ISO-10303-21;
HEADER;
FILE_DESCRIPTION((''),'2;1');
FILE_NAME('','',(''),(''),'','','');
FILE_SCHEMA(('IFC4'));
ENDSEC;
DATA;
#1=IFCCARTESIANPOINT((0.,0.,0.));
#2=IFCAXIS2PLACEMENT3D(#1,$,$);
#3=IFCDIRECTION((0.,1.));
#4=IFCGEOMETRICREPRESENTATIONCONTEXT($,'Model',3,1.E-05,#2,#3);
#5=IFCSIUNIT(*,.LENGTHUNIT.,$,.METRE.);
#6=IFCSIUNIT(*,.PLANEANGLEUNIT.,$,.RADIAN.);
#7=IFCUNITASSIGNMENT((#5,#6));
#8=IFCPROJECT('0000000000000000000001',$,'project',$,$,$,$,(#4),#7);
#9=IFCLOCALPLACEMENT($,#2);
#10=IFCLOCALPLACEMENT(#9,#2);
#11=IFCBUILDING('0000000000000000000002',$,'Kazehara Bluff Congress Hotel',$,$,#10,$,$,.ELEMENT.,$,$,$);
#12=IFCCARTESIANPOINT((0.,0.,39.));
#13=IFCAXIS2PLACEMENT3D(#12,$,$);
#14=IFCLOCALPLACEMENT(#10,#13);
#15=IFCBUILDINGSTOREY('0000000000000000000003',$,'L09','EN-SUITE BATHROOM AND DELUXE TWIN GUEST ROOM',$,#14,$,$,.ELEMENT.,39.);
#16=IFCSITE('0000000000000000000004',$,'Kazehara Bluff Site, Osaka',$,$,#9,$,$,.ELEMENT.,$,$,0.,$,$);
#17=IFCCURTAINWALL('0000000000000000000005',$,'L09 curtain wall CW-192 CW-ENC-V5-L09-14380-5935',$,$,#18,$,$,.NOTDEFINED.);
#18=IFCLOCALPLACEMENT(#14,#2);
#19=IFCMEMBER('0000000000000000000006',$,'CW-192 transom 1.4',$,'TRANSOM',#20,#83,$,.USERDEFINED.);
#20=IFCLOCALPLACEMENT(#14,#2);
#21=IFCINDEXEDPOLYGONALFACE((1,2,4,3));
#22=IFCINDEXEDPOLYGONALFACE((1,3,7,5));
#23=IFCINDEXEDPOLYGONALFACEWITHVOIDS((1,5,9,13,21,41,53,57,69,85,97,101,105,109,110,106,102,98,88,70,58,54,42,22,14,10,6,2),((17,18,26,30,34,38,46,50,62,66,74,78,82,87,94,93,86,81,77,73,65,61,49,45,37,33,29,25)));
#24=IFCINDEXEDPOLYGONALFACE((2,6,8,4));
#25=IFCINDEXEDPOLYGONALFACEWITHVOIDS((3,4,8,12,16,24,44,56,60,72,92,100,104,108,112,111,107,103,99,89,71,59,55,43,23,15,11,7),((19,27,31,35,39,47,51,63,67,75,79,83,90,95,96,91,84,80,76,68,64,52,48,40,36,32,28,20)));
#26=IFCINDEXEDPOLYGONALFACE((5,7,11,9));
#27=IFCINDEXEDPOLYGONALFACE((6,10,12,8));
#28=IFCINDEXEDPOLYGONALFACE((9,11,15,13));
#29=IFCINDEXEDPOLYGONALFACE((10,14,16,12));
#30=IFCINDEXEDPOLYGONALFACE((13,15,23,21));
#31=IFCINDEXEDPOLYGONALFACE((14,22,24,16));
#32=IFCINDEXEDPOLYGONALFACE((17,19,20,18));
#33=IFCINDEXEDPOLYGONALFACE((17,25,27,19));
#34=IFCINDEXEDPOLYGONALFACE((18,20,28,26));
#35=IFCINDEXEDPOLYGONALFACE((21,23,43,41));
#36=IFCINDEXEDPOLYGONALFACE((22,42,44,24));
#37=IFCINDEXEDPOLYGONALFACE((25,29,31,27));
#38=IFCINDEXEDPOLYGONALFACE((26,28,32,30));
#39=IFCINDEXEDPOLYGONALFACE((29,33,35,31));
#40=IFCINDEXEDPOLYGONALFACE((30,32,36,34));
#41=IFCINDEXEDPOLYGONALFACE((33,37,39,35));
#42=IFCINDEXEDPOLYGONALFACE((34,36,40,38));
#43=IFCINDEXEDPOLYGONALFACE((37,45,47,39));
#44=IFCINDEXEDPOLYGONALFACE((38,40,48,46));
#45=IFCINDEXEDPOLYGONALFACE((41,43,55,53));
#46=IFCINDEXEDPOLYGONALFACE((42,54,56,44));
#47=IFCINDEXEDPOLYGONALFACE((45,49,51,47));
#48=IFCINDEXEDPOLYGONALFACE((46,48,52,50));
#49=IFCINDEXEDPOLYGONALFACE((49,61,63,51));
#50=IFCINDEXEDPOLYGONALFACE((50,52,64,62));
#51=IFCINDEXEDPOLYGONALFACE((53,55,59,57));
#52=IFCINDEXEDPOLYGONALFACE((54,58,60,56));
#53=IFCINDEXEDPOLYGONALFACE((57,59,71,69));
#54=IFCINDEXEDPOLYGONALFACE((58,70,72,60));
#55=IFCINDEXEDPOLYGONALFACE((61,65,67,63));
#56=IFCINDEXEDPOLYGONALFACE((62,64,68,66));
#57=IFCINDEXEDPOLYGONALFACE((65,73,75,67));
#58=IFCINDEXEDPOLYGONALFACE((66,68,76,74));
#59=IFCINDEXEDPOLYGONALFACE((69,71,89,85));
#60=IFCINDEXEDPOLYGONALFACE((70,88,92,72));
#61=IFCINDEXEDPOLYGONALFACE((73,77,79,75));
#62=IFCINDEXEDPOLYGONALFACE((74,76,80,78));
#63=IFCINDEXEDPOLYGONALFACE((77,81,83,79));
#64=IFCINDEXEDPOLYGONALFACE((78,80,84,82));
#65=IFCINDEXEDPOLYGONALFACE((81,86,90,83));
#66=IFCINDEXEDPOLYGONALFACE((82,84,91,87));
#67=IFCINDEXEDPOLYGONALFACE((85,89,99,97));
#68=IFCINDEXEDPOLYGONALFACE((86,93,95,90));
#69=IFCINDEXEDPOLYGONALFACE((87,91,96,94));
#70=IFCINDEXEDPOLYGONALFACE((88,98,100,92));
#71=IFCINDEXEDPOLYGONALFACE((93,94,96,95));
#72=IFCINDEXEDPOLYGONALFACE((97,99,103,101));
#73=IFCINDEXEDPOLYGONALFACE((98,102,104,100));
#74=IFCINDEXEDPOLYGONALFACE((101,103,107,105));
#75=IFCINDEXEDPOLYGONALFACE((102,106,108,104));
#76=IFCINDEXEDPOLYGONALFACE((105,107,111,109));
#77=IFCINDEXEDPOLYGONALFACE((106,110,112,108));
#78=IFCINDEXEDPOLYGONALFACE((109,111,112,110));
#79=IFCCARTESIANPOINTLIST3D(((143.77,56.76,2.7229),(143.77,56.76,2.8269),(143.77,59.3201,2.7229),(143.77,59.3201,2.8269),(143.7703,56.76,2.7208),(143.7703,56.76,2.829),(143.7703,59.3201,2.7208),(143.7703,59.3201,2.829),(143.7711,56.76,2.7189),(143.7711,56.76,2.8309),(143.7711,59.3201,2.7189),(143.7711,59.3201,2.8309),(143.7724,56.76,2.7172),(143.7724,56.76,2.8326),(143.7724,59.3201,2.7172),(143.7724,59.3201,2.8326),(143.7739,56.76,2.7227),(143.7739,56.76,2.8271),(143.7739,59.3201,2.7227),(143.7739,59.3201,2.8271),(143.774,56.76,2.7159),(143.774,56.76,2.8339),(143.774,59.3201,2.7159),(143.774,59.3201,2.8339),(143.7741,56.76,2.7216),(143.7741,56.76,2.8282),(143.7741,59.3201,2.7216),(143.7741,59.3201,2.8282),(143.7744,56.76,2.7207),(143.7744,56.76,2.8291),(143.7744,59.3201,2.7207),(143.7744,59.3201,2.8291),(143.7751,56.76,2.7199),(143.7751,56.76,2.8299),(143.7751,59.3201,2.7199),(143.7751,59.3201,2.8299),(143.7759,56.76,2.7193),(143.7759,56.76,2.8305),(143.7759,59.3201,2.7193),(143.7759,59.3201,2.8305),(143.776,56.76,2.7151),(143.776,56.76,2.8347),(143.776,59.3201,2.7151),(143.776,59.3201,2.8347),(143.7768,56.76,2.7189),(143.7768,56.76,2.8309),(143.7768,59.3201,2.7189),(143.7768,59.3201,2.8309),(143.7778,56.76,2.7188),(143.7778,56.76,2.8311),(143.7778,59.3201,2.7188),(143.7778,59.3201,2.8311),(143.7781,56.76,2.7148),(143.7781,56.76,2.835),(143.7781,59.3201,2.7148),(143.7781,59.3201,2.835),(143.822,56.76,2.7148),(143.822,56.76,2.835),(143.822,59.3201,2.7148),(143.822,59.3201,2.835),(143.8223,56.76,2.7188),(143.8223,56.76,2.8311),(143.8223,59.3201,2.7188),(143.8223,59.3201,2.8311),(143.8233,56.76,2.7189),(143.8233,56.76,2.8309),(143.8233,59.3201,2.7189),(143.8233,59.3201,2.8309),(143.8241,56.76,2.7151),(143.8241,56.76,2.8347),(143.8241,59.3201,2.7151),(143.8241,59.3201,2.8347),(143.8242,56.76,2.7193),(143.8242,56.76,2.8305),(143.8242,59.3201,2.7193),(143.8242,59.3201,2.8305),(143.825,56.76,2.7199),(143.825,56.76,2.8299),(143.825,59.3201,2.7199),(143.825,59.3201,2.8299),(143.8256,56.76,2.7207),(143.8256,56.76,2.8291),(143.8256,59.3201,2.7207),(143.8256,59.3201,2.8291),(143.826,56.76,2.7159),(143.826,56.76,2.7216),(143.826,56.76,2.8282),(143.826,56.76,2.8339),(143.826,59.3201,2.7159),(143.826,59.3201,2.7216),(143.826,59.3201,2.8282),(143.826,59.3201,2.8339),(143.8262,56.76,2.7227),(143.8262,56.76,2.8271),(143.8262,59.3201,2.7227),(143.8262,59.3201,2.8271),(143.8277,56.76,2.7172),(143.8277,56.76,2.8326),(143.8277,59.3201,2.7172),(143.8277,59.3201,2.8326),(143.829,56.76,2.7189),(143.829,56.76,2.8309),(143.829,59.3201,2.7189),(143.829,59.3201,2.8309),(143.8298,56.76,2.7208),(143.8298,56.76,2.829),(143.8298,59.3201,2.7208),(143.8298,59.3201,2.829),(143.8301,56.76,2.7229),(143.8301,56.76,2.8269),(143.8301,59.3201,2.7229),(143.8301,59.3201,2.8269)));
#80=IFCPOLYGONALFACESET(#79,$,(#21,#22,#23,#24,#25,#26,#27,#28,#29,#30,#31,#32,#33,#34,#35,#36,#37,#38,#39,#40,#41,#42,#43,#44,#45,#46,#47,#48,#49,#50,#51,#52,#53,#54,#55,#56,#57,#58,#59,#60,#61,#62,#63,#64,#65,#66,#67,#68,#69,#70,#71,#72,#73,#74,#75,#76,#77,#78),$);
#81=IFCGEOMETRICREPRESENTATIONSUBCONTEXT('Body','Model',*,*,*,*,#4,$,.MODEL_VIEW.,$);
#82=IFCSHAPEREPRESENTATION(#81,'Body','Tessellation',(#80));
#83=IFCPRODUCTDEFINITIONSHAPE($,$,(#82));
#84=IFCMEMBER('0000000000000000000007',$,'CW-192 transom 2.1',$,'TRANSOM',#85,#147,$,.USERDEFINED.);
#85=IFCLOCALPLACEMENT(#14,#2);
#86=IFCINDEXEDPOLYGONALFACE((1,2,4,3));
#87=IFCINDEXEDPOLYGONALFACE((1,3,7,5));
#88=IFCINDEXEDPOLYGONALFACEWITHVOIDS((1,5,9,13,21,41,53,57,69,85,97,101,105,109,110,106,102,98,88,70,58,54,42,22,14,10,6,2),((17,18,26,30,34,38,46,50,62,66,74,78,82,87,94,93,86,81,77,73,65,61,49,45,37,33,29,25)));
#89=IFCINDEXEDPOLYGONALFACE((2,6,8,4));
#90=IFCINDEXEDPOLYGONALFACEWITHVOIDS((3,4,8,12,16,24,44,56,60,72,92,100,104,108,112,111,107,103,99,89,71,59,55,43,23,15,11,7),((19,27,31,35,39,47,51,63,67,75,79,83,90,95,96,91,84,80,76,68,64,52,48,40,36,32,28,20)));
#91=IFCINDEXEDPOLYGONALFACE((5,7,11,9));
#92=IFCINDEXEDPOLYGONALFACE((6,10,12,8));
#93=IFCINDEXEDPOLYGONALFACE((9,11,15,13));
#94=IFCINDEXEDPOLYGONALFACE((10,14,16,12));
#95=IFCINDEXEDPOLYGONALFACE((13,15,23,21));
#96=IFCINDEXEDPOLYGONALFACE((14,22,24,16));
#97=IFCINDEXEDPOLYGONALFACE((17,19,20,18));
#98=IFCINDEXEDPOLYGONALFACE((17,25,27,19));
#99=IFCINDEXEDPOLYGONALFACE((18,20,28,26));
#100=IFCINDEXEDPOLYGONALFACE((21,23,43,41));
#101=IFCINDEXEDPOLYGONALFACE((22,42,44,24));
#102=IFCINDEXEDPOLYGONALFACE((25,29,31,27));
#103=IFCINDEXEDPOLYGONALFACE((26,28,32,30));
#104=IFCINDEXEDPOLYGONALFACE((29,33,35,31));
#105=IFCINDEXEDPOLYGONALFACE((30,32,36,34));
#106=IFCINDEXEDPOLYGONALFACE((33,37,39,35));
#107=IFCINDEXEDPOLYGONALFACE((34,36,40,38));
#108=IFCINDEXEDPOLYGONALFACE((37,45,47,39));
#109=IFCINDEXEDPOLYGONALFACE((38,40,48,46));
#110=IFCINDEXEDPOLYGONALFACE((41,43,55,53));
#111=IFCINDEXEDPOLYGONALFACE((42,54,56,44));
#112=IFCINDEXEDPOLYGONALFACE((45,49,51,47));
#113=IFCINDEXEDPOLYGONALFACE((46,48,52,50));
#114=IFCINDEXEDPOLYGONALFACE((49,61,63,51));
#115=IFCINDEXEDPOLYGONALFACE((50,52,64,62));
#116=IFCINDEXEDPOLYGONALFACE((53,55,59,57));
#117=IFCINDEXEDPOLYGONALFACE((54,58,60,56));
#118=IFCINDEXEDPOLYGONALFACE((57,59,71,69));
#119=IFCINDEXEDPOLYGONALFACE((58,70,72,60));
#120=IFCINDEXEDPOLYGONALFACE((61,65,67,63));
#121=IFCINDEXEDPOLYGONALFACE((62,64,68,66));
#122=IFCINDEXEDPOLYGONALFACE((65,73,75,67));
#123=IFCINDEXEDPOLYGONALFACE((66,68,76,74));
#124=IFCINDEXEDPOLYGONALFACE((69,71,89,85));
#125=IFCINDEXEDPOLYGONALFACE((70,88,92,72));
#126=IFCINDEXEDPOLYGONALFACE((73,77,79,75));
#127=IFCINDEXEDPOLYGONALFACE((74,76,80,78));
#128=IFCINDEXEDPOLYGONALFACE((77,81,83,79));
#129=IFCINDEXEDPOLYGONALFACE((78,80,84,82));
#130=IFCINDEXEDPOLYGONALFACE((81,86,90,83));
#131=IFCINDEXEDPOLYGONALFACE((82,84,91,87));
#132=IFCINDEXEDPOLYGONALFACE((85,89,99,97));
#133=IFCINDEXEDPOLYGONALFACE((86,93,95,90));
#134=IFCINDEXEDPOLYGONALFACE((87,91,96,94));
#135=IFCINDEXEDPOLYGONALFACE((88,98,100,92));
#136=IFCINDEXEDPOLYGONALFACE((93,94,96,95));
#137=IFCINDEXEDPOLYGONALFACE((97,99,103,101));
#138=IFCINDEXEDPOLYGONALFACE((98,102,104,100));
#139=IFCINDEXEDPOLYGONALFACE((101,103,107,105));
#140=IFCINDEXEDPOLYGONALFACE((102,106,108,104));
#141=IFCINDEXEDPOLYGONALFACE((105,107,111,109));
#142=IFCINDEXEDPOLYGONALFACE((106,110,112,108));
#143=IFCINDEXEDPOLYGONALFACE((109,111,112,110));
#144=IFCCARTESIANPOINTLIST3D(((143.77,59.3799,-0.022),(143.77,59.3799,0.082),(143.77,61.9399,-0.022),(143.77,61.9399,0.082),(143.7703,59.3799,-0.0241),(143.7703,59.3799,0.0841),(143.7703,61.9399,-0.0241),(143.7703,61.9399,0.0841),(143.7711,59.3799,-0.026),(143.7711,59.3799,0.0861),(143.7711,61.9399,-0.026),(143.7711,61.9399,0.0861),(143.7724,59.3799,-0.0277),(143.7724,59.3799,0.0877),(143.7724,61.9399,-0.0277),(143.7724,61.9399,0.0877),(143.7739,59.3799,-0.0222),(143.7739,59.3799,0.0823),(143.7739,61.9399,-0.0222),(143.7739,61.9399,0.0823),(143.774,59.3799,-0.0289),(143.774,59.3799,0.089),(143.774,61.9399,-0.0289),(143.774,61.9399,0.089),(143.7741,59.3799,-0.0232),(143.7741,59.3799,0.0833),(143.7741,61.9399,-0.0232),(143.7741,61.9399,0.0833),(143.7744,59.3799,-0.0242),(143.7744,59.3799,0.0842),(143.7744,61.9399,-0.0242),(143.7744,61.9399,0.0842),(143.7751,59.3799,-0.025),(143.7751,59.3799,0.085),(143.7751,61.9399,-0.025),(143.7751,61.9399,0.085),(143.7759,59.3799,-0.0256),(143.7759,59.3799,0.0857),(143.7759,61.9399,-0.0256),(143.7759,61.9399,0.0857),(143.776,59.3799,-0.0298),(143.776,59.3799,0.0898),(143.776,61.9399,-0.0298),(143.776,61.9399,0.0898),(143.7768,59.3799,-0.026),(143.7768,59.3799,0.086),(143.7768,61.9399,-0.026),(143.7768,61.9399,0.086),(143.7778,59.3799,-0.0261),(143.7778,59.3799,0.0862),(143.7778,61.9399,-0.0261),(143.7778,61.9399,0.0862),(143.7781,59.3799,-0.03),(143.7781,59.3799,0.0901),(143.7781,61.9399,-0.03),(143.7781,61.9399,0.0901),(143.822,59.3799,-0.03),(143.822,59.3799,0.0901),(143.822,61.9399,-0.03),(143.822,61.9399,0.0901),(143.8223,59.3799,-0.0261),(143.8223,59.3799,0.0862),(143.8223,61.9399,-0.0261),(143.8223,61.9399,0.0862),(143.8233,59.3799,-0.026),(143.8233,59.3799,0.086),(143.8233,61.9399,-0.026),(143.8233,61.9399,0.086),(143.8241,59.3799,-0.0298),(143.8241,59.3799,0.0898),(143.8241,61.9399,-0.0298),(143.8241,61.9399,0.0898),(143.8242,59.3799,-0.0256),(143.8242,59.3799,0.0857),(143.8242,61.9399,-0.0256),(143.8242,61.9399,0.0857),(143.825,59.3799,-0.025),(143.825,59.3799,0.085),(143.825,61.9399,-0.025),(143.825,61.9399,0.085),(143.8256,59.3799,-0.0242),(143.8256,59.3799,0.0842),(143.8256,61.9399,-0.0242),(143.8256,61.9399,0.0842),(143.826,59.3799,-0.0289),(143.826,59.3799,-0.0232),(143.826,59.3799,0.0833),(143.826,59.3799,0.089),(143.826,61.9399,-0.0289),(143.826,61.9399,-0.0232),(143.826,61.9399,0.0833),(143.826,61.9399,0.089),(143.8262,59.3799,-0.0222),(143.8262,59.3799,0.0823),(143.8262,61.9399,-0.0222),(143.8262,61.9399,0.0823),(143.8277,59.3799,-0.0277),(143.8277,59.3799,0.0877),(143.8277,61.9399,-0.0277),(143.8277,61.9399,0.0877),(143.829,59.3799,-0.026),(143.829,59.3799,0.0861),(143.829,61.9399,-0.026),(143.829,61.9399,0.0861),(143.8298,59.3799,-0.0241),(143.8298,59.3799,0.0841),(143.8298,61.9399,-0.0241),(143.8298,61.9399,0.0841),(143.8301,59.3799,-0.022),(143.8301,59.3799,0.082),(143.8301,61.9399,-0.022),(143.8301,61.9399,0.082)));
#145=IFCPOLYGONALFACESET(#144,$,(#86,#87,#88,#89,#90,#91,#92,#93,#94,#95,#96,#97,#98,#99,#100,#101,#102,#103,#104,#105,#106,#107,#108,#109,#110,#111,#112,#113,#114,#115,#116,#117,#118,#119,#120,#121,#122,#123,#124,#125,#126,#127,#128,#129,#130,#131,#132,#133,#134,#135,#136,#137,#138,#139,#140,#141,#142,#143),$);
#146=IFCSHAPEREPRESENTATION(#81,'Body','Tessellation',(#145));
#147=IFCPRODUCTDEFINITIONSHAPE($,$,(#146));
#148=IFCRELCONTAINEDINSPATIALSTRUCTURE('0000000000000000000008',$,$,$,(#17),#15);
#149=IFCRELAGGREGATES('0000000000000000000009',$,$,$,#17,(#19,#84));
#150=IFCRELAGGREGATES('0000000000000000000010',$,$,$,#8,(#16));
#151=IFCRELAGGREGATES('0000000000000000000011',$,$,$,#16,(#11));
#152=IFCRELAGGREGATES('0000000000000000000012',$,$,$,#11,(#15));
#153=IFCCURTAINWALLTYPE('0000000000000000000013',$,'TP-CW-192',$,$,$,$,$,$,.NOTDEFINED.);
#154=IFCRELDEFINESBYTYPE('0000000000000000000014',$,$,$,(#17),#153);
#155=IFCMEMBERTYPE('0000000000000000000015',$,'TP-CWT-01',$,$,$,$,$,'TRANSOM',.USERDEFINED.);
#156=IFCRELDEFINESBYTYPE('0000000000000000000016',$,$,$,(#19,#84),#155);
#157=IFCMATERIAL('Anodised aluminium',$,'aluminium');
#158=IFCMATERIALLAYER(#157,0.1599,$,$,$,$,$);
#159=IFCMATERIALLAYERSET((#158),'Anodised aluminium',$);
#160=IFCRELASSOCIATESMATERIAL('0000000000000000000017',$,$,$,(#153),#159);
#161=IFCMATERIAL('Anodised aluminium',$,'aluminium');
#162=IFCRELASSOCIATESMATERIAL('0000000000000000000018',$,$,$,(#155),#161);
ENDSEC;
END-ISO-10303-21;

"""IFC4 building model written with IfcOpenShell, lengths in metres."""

from ifc_helpers import new_model, si_unit, direction, frame, origin, origin_2d, place, context, subcontext, project, spatial, hollow_rectangle, extrude, material, layer, layer_set, material_profile, profile_set, type_object, element, aggregate, save


model = new_model("IFC4")

# Units and contexts
model_context = context("Model", 3, precision=1e-05, world=origin(), true_north=direction((0.0, 1.0)))
body_context = subcontext(model_context, "Body", "Model", "MODEL_VIEW")
ifc_project = project(units=[si_unit("LENGTHUNIT", "METRE"), si_unit("PLANEANGLEUNIT", "RADIAN")], contexts=[model_context])

# Site, building, storey
site_placement = place(None, origin())
site = spatial("IfcSite", under=ifc_project, at=site_placement, Name="Kazehara Bluff Site, Osaka", CompositionType="ELEMENT", RefElevation=0.0)
building_placement = place(site_placement, origin())
building = spatial("IfcBuilding", under=site, at=building_placement, Name="Kazehara Bluff Congress Hotel", CompositionType="ELEMENT")
storey_placement = place(building_placement, frame((0.0, 0.0, 39.0)))
storey = spatial("IfcBuildingStorey", under=building, at=storey_placement, Name="L09", Description="EN-SUITE BATHROOM AND DELUXE TWIN GUEST ROOM", CompositionType="ELEMENT", Elevation=39.0)

# Curtain wall, members
ifc_material_1 = material(Name="Anodised aluminium", Category="aluminium")
ifc_layer_1 = layer(ifc_material_1, 0.1599)
ifc_layer_set_1 = layer_set([ifc_layer_1], Name="Anodised aluminium")
curtain_wall_type = type_object("IfcCurtainWallType", Name="TP-CW-192", PredefinedType="NOTDEFINED", material=ifc_layer_set_1)
curtain_wall_placement = place(storey_placement, origin())
curtain_wall = element("IfcCurtainWall", 1, at=curtain_wall_placement, inside=storey, type_object=curtain_wall_type, Name="L09 curtain wall CW-192 CW-ENC-V5-L09-14380-5935", PredefinedType="NOTDEFINED")
ifc_material_2 = material(Name="Anodised aluminium", Category="aluminium")
ifc_material_profile_1 = material_profile(ifc_material_2, hollow_rectangle(XDim=0.0601, YDim=0.1201, WallThickness=0.0039, InnerFilletRadius=0.0039, OuterFilletRadius=0.0081, at=origin_2d()))
ifc_profile_set_1 = profile_set([ifc_material_profile_1], Name="Anodised aluminium")
member_type_1 = type_object("IfcMemberType", Name="TP-CWT-01", ElementType="TRANSOM", PredefinedType="USERDEFINED", material=ifc_profile_set_1)
member_1_placement = place(storey_placement, frame((143.8, 56.76, 2.7749), z_axis=(0.0, 1.0, 0.0), x_axis=(-1.0, 0.0, 0.0)))
member_1 = element("IfcMember", 2, at=member_1_placement, type_object=member_type_1, Name="CW-192 transom 1.4", ObjectType="TRANSOM", PredefinedType="USERDEFINED", context=body_context, shape_type="SweptSolid", body=[
    extrude(hollow_rectangle(XDim=0.0601, YDim=0.1201, WallThickness=0.0039, InnerFilletRadius=0.0039, OuterFilletRadius=0.0081, at=origin_2d()), origin(), (0.0, 0.0, 1.0), 2.5601),
])
member_2_placement = place(storey_placement, frame((143.8, 59.3799, 0.03), z_axis=(0.0, 1.0, 0.0), x_axis=(-1.0, 0.0, 0.0)))
member_2 = element("IfcMember", 3, at=member_2_placement, type_object=member_type_1, Name="CW-192 transom 2.1", ObjectType="TRANSOM", PredefinedType="USERDEFINED", context=body_context, shape_type="SweptSolid", body=[
    extrude(hollow_rectangle(XDim=0.0601, YDim=0.1201, WallThickness=0.0039, InnerFilletRadius=0.0039, OuterFilletRadius=0.0081, at=origin_2d()), origin(), (0.0, 0.0, 1.0), 2.5601),
])

aggregate(curtain_wall, [member_1, member_2])

save(model, "model.ifc")
